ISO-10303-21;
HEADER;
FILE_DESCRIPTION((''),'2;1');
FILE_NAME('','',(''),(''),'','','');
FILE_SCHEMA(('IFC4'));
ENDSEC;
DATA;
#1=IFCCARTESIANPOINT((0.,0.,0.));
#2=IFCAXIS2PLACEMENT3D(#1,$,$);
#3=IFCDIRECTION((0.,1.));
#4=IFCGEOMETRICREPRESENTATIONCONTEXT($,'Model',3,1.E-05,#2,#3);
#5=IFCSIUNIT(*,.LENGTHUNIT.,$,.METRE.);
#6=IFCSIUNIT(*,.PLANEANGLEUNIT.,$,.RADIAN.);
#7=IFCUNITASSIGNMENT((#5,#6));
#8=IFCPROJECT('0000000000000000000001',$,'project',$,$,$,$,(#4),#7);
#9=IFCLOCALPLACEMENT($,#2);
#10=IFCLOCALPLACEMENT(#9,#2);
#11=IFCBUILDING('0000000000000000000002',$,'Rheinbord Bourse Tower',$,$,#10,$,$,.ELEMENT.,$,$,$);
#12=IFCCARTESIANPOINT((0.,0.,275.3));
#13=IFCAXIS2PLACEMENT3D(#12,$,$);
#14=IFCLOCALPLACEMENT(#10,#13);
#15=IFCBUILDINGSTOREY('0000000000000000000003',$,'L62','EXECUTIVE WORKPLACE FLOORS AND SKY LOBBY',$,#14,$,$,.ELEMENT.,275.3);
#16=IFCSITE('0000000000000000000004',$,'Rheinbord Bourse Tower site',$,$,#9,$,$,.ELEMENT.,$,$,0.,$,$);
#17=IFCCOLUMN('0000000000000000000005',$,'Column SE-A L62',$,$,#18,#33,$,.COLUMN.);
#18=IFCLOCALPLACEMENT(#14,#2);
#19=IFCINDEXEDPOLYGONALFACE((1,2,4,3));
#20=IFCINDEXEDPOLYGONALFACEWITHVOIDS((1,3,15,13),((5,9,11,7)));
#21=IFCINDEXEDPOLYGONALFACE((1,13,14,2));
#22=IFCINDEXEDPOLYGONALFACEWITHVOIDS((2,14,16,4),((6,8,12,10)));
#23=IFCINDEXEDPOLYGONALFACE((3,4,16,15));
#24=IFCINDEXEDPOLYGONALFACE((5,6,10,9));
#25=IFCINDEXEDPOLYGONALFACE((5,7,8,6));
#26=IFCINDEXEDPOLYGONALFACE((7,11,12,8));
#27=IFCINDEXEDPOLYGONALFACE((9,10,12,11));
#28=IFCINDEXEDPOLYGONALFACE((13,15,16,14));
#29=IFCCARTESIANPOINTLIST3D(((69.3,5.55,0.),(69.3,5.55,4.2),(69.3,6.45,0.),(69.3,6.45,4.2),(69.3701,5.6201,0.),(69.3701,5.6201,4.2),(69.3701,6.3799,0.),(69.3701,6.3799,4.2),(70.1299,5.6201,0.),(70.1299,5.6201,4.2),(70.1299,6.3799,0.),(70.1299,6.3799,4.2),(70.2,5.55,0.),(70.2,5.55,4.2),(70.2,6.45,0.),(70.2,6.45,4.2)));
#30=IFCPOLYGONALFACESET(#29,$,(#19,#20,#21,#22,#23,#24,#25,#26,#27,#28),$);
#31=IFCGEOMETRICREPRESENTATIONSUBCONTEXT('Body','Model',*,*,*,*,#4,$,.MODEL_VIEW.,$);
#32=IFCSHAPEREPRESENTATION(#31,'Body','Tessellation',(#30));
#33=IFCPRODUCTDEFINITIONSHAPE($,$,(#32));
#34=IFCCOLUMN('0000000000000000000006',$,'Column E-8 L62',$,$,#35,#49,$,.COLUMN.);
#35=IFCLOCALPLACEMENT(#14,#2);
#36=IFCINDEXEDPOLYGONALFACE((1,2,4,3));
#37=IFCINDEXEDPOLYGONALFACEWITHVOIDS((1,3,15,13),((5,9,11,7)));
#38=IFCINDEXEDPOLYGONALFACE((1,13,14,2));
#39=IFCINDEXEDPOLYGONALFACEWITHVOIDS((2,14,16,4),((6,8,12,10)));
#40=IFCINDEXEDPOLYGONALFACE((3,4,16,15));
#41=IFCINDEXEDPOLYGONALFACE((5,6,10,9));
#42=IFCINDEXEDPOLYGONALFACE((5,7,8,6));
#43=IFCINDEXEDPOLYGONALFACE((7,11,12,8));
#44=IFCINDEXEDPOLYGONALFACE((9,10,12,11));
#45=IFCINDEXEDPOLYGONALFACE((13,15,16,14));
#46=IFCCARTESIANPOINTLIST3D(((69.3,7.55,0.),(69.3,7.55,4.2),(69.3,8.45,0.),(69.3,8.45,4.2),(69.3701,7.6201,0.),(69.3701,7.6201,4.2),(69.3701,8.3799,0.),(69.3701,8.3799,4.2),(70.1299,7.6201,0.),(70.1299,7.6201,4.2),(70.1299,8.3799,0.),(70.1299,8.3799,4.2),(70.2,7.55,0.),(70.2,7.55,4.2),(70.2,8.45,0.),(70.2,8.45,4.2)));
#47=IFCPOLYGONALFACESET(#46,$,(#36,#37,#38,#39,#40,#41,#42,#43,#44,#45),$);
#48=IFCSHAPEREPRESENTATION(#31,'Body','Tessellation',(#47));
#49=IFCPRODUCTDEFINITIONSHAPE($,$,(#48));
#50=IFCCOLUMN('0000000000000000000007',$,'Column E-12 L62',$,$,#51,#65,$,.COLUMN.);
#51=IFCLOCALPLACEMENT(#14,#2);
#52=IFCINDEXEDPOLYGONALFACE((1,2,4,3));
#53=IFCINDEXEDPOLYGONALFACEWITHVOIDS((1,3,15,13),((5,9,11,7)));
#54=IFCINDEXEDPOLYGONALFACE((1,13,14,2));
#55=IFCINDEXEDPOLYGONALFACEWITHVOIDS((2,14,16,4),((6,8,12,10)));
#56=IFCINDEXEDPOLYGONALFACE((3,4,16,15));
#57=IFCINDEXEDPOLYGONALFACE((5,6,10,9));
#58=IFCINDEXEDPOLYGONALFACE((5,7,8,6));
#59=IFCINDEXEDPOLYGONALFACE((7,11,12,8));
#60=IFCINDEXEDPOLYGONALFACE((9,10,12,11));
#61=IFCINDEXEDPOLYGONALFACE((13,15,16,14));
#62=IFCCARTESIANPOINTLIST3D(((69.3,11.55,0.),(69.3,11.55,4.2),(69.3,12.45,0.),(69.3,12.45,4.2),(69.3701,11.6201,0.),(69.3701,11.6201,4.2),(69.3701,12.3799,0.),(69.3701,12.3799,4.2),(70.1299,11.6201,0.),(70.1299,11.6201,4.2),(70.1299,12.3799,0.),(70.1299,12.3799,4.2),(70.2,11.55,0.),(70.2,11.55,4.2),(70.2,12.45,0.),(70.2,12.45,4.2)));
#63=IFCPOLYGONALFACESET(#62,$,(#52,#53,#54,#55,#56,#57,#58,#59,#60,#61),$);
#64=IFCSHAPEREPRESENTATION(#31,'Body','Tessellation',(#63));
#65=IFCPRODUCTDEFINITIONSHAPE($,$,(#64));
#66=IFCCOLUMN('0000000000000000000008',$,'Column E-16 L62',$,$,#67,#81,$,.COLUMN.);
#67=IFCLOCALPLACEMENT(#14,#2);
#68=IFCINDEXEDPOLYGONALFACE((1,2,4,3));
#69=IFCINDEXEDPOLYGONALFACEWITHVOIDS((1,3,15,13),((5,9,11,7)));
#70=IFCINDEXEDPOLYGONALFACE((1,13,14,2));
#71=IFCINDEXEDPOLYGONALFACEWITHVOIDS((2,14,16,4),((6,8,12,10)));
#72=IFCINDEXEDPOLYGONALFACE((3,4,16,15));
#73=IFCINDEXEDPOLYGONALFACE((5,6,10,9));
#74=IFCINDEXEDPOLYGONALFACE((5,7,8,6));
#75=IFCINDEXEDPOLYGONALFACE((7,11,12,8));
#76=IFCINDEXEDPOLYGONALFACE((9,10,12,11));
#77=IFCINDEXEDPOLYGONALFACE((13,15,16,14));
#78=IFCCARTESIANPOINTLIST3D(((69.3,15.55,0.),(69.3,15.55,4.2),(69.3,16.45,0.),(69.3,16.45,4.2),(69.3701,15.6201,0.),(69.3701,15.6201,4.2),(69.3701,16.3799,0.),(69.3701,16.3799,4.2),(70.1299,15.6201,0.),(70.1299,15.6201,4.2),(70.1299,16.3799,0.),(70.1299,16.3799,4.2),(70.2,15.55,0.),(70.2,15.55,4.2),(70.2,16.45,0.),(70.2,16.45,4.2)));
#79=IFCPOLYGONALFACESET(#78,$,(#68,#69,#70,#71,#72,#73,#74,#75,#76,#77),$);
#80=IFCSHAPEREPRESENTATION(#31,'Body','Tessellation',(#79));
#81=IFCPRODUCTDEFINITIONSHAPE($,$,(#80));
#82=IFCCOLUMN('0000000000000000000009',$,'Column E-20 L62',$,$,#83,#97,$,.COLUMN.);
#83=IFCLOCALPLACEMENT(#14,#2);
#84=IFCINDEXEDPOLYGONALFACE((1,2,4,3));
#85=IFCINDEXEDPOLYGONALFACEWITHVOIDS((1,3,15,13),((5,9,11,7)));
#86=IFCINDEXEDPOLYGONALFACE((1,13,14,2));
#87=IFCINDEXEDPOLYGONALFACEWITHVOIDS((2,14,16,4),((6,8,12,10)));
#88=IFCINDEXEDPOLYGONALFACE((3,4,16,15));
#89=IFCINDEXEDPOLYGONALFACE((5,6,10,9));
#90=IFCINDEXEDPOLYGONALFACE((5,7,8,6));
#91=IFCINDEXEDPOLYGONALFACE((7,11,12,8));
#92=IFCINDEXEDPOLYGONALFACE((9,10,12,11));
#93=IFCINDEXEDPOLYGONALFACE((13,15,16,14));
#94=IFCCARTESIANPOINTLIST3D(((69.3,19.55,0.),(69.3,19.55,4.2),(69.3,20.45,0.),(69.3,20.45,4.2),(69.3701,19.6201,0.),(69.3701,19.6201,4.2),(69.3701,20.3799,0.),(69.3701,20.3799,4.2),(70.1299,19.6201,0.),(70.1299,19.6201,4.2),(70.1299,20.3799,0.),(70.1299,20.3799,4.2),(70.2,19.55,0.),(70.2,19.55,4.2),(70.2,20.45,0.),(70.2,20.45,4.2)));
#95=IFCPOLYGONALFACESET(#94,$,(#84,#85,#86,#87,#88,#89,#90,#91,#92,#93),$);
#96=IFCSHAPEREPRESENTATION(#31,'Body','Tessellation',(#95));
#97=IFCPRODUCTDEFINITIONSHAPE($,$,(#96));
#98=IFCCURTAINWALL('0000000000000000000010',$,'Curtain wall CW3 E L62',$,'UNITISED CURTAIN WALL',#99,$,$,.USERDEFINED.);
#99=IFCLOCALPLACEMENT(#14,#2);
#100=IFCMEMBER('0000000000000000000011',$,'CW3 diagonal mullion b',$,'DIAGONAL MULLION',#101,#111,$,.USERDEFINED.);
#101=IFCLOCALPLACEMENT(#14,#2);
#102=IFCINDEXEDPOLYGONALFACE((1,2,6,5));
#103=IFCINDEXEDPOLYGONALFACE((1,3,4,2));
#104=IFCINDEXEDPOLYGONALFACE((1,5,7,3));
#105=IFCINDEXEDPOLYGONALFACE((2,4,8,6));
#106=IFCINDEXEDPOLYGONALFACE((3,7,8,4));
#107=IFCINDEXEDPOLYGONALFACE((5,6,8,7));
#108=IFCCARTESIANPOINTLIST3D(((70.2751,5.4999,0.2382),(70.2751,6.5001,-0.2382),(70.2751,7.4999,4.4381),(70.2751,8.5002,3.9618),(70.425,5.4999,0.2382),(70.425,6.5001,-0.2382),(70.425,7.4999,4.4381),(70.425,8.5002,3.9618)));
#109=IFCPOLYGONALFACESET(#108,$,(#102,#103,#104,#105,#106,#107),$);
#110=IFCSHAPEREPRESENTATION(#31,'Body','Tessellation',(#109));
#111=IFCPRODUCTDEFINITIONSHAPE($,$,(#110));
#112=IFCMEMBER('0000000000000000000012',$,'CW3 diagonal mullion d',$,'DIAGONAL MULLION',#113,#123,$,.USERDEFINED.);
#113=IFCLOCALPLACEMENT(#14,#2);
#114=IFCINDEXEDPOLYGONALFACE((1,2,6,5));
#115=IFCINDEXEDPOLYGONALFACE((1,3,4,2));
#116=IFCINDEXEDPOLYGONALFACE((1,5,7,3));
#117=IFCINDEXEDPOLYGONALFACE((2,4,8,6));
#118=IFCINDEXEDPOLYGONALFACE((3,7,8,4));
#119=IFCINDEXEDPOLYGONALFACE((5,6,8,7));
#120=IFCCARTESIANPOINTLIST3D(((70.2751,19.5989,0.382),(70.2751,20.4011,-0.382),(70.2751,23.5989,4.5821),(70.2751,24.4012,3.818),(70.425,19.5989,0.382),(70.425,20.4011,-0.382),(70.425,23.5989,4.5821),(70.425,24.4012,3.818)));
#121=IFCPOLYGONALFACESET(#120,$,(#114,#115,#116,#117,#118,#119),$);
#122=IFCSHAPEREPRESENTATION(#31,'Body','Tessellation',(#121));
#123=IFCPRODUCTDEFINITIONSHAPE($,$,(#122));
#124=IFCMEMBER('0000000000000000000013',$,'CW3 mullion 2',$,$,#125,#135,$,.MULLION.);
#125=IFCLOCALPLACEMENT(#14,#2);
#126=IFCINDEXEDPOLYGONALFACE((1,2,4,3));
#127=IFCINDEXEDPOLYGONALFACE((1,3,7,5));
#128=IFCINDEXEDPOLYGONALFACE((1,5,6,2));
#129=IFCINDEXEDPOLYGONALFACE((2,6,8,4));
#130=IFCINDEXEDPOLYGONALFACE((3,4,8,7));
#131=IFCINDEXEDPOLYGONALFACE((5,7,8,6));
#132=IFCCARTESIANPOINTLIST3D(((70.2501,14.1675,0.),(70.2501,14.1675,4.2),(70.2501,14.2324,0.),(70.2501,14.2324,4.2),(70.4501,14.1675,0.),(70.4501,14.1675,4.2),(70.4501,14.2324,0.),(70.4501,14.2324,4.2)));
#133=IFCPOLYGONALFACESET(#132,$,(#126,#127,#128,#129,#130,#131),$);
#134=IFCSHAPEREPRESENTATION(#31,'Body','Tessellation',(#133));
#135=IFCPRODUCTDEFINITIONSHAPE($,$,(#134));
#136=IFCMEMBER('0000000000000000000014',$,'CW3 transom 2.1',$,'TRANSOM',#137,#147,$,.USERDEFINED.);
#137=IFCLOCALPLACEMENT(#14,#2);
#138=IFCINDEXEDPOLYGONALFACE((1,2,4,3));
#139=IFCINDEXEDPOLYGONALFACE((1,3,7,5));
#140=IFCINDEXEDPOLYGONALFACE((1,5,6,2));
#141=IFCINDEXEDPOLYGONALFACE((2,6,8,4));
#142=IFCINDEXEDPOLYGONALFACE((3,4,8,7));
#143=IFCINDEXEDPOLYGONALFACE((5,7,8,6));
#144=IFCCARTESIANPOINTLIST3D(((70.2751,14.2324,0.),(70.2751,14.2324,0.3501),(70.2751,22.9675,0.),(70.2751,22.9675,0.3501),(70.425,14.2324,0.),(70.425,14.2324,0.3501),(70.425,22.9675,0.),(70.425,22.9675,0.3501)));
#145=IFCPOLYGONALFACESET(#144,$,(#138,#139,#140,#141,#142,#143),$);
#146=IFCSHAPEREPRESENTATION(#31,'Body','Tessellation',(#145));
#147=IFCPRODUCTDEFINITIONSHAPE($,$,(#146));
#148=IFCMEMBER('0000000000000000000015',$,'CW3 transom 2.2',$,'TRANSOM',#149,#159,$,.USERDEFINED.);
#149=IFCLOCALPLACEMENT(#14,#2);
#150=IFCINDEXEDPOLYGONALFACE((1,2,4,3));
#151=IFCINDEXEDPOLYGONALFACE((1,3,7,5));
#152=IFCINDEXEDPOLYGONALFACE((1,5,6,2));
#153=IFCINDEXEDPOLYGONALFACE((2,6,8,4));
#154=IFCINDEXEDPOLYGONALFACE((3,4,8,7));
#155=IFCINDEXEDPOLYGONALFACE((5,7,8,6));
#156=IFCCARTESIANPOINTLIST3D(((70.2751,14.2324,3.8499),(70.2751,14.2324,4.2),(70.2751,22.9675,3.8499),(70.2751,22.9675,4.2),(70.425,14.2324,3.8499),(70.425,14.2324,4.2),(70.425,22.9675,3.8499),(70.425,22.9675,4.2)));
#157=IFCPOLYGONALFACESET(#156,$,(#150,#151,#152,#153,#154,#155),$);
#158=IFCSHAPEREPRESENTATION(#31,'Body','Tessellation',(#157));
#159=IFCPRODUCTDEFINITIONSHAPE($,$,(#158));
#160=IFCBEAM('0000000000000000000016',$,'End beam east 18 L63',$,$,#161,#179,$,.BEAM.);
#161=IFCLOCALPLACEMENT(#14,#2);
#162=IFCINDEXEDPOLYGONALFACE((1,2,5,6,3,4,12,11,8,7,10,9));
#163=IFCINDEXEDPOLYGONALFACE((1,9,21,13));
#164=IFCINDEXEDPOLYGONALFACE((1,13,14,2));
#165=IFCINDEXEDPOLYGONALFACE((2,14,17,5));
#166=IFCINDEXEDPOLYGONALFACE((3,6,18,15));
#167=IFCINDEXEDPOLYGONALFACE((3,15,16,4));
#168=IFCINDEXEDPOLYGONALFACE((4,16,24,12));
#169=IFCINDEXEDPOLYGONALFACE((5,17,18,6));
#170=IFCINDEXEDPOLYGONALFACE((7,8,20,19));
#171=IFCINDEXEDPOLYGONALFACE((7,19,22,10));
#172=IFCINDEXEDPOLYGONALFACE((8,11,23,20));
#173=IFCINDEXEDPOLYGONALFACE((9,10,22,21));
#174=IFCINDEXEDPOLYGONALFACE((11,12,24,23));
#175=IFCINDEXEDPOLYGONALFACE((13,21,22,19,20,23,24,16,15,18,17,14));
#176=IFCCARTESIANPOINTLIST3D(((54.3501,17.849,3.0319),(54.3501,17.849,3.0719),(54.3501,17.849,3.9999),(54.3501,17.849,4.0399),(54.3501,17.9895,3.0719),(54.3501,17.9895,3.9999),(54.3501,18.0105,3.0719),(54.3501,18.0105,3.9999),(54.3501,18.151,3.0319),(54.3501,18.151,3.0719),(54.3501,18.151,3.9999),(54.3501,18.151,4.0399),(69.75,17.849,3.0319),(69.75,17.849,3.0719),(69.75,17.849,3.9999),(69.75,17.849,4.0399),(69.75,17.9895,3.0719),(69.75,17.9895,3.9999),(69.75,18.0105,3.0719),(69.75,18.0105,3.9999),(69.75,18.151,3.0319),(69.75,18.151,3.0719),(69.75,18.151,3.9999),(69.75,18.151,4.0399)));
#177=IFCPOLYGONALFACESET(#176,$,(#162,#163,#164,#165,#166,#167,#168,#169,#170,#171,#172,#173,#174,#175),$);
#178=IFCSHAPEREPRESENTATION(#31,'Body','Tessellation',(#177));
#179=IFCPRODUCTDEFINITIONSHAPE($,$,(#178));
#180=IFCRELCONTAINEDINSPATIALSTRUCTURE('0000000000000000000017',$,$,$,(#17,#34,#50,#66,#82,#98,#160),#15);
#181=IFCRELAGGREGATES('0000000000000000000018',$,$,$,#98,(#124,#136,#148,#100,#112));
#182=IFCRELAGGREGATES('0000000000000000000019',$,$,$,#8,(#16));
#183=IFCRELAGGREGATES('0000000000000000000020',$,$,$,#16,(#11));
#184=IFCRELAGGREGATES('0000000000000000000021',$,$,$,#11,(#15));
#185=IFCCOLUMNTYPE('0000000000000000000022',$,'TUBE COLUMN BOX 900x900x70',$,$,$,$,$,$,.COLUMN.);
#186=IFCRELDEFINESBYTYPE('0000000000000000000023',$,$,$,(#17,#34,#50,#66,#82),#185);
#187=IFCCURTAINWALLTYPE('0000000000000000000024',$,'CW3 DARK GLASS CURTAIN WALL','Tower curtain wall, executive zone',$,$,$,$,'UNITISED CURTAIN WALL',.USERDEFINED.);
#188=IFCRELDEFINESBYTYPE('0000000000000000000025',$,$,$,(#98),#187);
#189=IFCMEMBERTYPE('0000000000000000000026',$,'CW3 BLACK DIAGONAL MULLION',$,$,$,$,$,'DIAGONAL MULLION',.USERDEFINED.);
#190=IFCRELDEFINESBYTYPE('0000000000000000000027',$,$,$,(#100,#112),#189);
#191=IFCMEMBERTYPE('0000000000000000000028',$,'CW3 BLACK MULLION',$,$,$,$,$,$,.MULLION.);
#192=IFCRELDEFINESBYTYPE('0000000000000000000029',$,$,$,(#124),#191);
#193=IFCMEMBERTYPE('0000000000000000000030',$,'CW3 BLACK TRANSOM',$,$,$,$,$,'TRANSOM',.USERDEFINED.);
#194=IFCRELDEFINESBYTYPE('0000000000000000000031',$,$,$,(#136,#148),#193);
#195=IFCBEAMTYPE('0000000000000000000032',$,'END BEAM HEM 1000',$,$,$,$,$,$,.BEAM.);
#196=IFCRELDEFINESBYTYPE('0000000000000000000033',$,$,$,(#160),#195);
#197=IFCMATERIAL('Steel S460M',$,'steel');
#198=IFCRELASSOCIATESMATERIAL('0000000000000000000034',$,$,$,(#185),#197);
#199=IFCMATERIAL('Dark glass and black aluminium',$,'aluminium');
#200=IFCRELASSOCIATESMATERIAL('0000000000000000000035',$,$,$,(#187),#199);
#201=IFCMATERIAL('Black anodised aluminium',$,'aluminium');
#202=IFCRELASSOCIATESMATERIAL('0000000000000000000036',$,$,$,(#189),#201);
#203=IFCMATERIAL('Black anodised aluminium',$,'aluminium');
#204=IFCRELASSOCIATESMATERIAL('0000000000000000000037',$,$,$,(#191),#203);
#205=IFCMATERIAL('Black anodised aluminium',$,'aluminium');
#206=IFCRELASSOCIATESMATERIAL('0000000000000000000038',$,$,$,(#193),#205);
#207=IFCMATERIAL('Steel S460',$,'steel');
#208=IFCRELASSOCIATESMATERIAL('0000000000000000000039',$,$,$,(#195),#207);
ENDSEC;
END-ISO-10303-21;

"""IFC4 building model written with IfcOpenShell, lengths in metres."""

from ifc_helpers import new_model, si_unit, direction, frame, origin, origin_2d, place, context, subcontext, project, spatial, rectangle, hollow_rectangle, i_section, extrude, material, material_profile, profile_set, type_object, element, aggregate, save


model = new_model("IFC4")

# Units and contexts
model_context = context("Model", 3, precision=1e-05, world=origin(), true_north=direction((0.0, 1.0)))
body_context = subcontext(model_context, "Body", "Model", "MODEL_VIEW")
ifc_project = project(units=[si_unit("LENGTHUNIT", "METRE"), si_unit("PLANEANGLEUNIT", "RADIAN")], contexts=[model_context])

# Site, building, storey
site_placement = place(None, origin())
site = spatial("IfcSite", under=ifc_project, at=site_placement, Name="Rheinbord Bourse Tower site", CompositionType="ELEMENT", RefElevation=0.0)
building_placement = place(site_placement, origin())
building = spatial("IfcBuilding", under=site, at=building_placement, Name="Rheinbord Bourse Tower", CompositionType="ELEMENT")
storey_placement = place(building_placement, frame((0.0, 0.0, 275.3)))
storey = spatial("IfcBuildingStorey", under=building, at=storey_placement, Name="L62", Description="EXECUTIVE WORKPLACE FLOORS AND SKY LOBBY", CompositionType="ELEMENT", Elevation=275.3)

# Columns
ifc_material_1 = material(Name="Steel S460M", Category="steel")
ifc_material_profile_1 = material_profile(ifc_material_1, hollow_rectangle(XDim=0.8999, YDim=0.8999, WallThickness=0.0701, at=origin_2d()), Name="BOX 900x900x70")
ifc_profile_set_1 = profile_set([ifc_material_profile_1], Name="Steel S460M")
column_type = type_object("IfcColumnType", Name="TUBE COLUMN BOX 900x900x70", PredefinedType="COLUMN", material=ifc_profile_set_1)
for number, where, z_axis, x_axis, name in (
    (1, (69.75, 6.0, 0.0), (0.0, 0.0, 1.0), (1.0, 0.0, 0.0), "Column SE-A L62"),
    (2, (69.75, 8.0, 0.0), (0.0, 0.0, 1.0), (1.0, 0.0, 0.0), "Column E-8 L62"),
    (3, (69.75, 12.0, 0.0), (0.0, 0.0, 1.0), (1.0, 0.0, 0.0), "Column E-12 L62"),
    (4, (69.75, 16.0, 0.0), (0.0, 0.0, 1.0), (1.0, 0.0, 0.0), "Column E-16 L62"),
    (5, (69.75, 20.0, 0.0), (0.0, 0.0, 1.0), (1.0, 0.0, 0.0), "Column E-20 L62"),
):
    element("IfcColumn", number, at=place(storey_placement, frame(where, z_axis=z_axis, x_axis=x_axis)), inside=storey, type_object=column_type, Name=name, PredefinedType="COLUMN", context=body_context, shape_type="SweptSolid", body=[
        extrude(hollow_rectangle(XDim=0.8999, YDim=0.8999, WallThickness=0.0701, at=origin_2d()), origin(), (0.0, 0.0, 1.0), 4.2),
    ])

# Curtain wall, members
ifc_material_2 = material(Name="Dark glass and black aluminium", Category="aluminium")
curtain_wall_type = type_object("IfcCurtainWallType", Name="CW3 DARK GLASS CURTAIN WALL", Description="Tower curtain wall, executive zone", ElementType="UNITISED CURTAIN WALL", PredefinedType="USERDEFINED", material=ifc_material_2)
curtain_wall_placement = place(storey_placement, origin())
curtain_wall = element("IfcCurtainWall", 6, at=curtain_wall_placement, inside=storey, type_object=curtain_wall_type, Name="Curtain wall CW3 E L62", ObjectType="UNITISED CURTAIN WALL", PredefinedType="USERDEFINED")
ifc_material_3 = material(Name="Black anodised aluminium", Category="aluminium")
ifc_material_profile_2 = material_profile(ifc_material_3, rectangle(XDim=0.1499, YDim=1.1079, at=origin_2d()), Name="CW3 DIAGONAL MULLION 1108x150")
ifc_profile_set_2 = profile_set([ifc_material_profile_2], Name="Black anodised aluminium")
member_type_1 = type_object("IfcMemberType", Name="CW3 BLACK DIAGONAL MULLION", ElementType="DIAGONAL MULLION", PredefinedType="USERDEFINED", material=ifc_profile_set_2)
member_1_placement = place(storey_placement, frame((70.3501, 6.0, 0.0), z_axis=(0.0, 0.429938, 0.902859), x_axis=(-1.0, 0.0, 0.0)))
member_1 = element("IfcMember", 7, at=member_1_placement, type_object=member_type_1, Name="CW3 diagonal mullion b", ObjectType="DIAGONAL MULLION", PredefinedType="USERDEFINED", context=body_context, shape_type="SweptSolid", body=[
    extrude(rectangle(XDim=0.1499, YDim=1.1079, at=origin_2d()), origin(), (0.0, 0.0, 1.0), 4.6519),
])
member_2_placement = place(storey_placement, frame((70.3501, 20.0, 0.0), z_axis=(0.0, 0.689659, 0.724134), x_axis=(-1.0, 0.0, 0.0)))
member_2 = element("IfcMember", 8, at=member_2_placement, type_object=member_type_1, Name="CW3 diagonal mullion d", ObjectType="DIAGONAL MULLION", PredefinedType="USERDEFINED", context=body_context, shape_type="SweptSolid", body=[
    extrude(rectangle(XDim=0.1499, YDim=1.1079, at=origin_2d()), origin(), (0.0, 0.0, 1.0), 5.8),
])
ifc_material_4 = material(Name="Black anodised aluminium", Category="aluminium")
ifc_material_profile_3 = material_profile(ifc_material_4, rectangle(XDim=0.2, YDim=0.0649, at=origin_2d()), Name="CW3 MULLION 65x200")
ifc_profile_set_3 = profile_set([ifc_material_profile_3], Name="Black anodised aluminium")
member_type_2 = type_object("IfcMemberType", Name="CW3 BLACK MULLION", PredefinedType="MULLION", material=ifc_profile_set_3)
member_3_placement = place(storey_placement, frame((70.3501, 14.2, 0.0), z_axis=(0.0, 0.0, 1.0), x_axis=(-1.0, 0.0, 0.0)))
member_3 = element("IfcMember", 9, at=member_3_placement, type_object=member_type_2, Name="CW3 mullion 2", PredefinedType="MULLION", context=body_context, shape_type="SweptSolid", body=[
    extrude(rectangle(XDim=0.2, YDim=0.0649, at=origin_2d()), origin(), (0.0, 0.0, 1.0), 4.2),
])
ifc_material_5 = material(Name="Black anodised aluminium", Category="aluminium")
ifc_material_profile_4 = material_profile(ifc_material_5, rectangle(XDim=0.1499, YDim=0.3501, at=origin_2d()), Name="CW3 TRANSOM 350x150")
ifc_profile_set_4 = profile_set([ifc_material_profile_4], Name="Black anodised aluminium")
member_type_3 = type_object("IfcMemberType", Name="CW3 BLACK TRANSOM", ElementType="TRANSOM", PredefinedType="USERDEFINED", material=ifc_profile_set_4)
member_4_placement = place(storey_placement, frame((70.3501, 14.2324, 0.175), z_axis=(0.0, 1.0, 0.0), x_axis=(-1.0, 0.0, 0.0)))
member_4 = element("IfcMember", 10, at=member_4_placement, type_object=member_type_3, Name="CW3 transom 2.1", ObjectType="TRANSOM", PredefinedType="USERDEFINED", context=body_context, shape_type="SweptSolid", body=[
    extrude(rectangle(XDim=0.1499, YDim=0.3501, at=origin_2d()), origin(), (0.0, 0.0, 1.0), 8.7351),
])
member_5_placement = place(storey_placement, frame((70.3501, 14.2324, 4.0249), z_axis=(0.0, 1.0, 0.0), x_axis=(-1.0, 0.0, 0.0)))
member_5 = element("IfcMember", 11, at=member_5_placement, type_object=member_type_3, Name="CW3 transom 2.2", ObjectType="TRANSOM", PredefinedType="USERDEFINED", context=body_context, shape_type="SweptSolid", body=[
    extrude(rectangle(XDim=0.1499, YDim=0.3501, at=origin_2d()), origin(), (0.0, 0.0, 1.0), 8.7351),
])

# Beam
ifc_material_6 = material(Name="Steel S460", Category="steel")
ifc_material_profile_5 = material_profile(ifc_material_6, i_section(OverallWidth=0.302, OverallDepth=1.0081, WebThickness=0.021, FlangeThickness=0.04, at=origin_2d()), Name="HEM 1000")
ifc_profile_set_5 = profile_set([ifc_material_profile_5], Name="Steel S460")
beam_type_1 = type_object("IfcBeamType", Name="END BEAM HEM 1000", PredefinedType="BEAM", material=ifc_profile_set_5)
beam_1_placement = place(storey_placement, frame((54.3501, 18.0, 3.5359), z_axis=(1.0, 0.0, 0.0), x_axis=(0.0, 1.0, 0.0)))
element("IfcBeam", 12, at=beam_1_placement, inside=storey, type_object=beam_type_1, Name="End beam east 18 L63", PredefinedType="BEAM", context=body_context, shape_type="SweptSolid", body=[
    extrude(i_section(OverallWidth=0.302, OverallDepth=1.0081, WebThickness=0.021, FlangeThickness=0.04, at=origin_2d()), origin(), (0.0, 0.0, 1.0), 15.3999),
])

aggregate(curtain_wall, [member_3, member_4, member_5, member_1, member_2])

save(model, "model.ifc")
